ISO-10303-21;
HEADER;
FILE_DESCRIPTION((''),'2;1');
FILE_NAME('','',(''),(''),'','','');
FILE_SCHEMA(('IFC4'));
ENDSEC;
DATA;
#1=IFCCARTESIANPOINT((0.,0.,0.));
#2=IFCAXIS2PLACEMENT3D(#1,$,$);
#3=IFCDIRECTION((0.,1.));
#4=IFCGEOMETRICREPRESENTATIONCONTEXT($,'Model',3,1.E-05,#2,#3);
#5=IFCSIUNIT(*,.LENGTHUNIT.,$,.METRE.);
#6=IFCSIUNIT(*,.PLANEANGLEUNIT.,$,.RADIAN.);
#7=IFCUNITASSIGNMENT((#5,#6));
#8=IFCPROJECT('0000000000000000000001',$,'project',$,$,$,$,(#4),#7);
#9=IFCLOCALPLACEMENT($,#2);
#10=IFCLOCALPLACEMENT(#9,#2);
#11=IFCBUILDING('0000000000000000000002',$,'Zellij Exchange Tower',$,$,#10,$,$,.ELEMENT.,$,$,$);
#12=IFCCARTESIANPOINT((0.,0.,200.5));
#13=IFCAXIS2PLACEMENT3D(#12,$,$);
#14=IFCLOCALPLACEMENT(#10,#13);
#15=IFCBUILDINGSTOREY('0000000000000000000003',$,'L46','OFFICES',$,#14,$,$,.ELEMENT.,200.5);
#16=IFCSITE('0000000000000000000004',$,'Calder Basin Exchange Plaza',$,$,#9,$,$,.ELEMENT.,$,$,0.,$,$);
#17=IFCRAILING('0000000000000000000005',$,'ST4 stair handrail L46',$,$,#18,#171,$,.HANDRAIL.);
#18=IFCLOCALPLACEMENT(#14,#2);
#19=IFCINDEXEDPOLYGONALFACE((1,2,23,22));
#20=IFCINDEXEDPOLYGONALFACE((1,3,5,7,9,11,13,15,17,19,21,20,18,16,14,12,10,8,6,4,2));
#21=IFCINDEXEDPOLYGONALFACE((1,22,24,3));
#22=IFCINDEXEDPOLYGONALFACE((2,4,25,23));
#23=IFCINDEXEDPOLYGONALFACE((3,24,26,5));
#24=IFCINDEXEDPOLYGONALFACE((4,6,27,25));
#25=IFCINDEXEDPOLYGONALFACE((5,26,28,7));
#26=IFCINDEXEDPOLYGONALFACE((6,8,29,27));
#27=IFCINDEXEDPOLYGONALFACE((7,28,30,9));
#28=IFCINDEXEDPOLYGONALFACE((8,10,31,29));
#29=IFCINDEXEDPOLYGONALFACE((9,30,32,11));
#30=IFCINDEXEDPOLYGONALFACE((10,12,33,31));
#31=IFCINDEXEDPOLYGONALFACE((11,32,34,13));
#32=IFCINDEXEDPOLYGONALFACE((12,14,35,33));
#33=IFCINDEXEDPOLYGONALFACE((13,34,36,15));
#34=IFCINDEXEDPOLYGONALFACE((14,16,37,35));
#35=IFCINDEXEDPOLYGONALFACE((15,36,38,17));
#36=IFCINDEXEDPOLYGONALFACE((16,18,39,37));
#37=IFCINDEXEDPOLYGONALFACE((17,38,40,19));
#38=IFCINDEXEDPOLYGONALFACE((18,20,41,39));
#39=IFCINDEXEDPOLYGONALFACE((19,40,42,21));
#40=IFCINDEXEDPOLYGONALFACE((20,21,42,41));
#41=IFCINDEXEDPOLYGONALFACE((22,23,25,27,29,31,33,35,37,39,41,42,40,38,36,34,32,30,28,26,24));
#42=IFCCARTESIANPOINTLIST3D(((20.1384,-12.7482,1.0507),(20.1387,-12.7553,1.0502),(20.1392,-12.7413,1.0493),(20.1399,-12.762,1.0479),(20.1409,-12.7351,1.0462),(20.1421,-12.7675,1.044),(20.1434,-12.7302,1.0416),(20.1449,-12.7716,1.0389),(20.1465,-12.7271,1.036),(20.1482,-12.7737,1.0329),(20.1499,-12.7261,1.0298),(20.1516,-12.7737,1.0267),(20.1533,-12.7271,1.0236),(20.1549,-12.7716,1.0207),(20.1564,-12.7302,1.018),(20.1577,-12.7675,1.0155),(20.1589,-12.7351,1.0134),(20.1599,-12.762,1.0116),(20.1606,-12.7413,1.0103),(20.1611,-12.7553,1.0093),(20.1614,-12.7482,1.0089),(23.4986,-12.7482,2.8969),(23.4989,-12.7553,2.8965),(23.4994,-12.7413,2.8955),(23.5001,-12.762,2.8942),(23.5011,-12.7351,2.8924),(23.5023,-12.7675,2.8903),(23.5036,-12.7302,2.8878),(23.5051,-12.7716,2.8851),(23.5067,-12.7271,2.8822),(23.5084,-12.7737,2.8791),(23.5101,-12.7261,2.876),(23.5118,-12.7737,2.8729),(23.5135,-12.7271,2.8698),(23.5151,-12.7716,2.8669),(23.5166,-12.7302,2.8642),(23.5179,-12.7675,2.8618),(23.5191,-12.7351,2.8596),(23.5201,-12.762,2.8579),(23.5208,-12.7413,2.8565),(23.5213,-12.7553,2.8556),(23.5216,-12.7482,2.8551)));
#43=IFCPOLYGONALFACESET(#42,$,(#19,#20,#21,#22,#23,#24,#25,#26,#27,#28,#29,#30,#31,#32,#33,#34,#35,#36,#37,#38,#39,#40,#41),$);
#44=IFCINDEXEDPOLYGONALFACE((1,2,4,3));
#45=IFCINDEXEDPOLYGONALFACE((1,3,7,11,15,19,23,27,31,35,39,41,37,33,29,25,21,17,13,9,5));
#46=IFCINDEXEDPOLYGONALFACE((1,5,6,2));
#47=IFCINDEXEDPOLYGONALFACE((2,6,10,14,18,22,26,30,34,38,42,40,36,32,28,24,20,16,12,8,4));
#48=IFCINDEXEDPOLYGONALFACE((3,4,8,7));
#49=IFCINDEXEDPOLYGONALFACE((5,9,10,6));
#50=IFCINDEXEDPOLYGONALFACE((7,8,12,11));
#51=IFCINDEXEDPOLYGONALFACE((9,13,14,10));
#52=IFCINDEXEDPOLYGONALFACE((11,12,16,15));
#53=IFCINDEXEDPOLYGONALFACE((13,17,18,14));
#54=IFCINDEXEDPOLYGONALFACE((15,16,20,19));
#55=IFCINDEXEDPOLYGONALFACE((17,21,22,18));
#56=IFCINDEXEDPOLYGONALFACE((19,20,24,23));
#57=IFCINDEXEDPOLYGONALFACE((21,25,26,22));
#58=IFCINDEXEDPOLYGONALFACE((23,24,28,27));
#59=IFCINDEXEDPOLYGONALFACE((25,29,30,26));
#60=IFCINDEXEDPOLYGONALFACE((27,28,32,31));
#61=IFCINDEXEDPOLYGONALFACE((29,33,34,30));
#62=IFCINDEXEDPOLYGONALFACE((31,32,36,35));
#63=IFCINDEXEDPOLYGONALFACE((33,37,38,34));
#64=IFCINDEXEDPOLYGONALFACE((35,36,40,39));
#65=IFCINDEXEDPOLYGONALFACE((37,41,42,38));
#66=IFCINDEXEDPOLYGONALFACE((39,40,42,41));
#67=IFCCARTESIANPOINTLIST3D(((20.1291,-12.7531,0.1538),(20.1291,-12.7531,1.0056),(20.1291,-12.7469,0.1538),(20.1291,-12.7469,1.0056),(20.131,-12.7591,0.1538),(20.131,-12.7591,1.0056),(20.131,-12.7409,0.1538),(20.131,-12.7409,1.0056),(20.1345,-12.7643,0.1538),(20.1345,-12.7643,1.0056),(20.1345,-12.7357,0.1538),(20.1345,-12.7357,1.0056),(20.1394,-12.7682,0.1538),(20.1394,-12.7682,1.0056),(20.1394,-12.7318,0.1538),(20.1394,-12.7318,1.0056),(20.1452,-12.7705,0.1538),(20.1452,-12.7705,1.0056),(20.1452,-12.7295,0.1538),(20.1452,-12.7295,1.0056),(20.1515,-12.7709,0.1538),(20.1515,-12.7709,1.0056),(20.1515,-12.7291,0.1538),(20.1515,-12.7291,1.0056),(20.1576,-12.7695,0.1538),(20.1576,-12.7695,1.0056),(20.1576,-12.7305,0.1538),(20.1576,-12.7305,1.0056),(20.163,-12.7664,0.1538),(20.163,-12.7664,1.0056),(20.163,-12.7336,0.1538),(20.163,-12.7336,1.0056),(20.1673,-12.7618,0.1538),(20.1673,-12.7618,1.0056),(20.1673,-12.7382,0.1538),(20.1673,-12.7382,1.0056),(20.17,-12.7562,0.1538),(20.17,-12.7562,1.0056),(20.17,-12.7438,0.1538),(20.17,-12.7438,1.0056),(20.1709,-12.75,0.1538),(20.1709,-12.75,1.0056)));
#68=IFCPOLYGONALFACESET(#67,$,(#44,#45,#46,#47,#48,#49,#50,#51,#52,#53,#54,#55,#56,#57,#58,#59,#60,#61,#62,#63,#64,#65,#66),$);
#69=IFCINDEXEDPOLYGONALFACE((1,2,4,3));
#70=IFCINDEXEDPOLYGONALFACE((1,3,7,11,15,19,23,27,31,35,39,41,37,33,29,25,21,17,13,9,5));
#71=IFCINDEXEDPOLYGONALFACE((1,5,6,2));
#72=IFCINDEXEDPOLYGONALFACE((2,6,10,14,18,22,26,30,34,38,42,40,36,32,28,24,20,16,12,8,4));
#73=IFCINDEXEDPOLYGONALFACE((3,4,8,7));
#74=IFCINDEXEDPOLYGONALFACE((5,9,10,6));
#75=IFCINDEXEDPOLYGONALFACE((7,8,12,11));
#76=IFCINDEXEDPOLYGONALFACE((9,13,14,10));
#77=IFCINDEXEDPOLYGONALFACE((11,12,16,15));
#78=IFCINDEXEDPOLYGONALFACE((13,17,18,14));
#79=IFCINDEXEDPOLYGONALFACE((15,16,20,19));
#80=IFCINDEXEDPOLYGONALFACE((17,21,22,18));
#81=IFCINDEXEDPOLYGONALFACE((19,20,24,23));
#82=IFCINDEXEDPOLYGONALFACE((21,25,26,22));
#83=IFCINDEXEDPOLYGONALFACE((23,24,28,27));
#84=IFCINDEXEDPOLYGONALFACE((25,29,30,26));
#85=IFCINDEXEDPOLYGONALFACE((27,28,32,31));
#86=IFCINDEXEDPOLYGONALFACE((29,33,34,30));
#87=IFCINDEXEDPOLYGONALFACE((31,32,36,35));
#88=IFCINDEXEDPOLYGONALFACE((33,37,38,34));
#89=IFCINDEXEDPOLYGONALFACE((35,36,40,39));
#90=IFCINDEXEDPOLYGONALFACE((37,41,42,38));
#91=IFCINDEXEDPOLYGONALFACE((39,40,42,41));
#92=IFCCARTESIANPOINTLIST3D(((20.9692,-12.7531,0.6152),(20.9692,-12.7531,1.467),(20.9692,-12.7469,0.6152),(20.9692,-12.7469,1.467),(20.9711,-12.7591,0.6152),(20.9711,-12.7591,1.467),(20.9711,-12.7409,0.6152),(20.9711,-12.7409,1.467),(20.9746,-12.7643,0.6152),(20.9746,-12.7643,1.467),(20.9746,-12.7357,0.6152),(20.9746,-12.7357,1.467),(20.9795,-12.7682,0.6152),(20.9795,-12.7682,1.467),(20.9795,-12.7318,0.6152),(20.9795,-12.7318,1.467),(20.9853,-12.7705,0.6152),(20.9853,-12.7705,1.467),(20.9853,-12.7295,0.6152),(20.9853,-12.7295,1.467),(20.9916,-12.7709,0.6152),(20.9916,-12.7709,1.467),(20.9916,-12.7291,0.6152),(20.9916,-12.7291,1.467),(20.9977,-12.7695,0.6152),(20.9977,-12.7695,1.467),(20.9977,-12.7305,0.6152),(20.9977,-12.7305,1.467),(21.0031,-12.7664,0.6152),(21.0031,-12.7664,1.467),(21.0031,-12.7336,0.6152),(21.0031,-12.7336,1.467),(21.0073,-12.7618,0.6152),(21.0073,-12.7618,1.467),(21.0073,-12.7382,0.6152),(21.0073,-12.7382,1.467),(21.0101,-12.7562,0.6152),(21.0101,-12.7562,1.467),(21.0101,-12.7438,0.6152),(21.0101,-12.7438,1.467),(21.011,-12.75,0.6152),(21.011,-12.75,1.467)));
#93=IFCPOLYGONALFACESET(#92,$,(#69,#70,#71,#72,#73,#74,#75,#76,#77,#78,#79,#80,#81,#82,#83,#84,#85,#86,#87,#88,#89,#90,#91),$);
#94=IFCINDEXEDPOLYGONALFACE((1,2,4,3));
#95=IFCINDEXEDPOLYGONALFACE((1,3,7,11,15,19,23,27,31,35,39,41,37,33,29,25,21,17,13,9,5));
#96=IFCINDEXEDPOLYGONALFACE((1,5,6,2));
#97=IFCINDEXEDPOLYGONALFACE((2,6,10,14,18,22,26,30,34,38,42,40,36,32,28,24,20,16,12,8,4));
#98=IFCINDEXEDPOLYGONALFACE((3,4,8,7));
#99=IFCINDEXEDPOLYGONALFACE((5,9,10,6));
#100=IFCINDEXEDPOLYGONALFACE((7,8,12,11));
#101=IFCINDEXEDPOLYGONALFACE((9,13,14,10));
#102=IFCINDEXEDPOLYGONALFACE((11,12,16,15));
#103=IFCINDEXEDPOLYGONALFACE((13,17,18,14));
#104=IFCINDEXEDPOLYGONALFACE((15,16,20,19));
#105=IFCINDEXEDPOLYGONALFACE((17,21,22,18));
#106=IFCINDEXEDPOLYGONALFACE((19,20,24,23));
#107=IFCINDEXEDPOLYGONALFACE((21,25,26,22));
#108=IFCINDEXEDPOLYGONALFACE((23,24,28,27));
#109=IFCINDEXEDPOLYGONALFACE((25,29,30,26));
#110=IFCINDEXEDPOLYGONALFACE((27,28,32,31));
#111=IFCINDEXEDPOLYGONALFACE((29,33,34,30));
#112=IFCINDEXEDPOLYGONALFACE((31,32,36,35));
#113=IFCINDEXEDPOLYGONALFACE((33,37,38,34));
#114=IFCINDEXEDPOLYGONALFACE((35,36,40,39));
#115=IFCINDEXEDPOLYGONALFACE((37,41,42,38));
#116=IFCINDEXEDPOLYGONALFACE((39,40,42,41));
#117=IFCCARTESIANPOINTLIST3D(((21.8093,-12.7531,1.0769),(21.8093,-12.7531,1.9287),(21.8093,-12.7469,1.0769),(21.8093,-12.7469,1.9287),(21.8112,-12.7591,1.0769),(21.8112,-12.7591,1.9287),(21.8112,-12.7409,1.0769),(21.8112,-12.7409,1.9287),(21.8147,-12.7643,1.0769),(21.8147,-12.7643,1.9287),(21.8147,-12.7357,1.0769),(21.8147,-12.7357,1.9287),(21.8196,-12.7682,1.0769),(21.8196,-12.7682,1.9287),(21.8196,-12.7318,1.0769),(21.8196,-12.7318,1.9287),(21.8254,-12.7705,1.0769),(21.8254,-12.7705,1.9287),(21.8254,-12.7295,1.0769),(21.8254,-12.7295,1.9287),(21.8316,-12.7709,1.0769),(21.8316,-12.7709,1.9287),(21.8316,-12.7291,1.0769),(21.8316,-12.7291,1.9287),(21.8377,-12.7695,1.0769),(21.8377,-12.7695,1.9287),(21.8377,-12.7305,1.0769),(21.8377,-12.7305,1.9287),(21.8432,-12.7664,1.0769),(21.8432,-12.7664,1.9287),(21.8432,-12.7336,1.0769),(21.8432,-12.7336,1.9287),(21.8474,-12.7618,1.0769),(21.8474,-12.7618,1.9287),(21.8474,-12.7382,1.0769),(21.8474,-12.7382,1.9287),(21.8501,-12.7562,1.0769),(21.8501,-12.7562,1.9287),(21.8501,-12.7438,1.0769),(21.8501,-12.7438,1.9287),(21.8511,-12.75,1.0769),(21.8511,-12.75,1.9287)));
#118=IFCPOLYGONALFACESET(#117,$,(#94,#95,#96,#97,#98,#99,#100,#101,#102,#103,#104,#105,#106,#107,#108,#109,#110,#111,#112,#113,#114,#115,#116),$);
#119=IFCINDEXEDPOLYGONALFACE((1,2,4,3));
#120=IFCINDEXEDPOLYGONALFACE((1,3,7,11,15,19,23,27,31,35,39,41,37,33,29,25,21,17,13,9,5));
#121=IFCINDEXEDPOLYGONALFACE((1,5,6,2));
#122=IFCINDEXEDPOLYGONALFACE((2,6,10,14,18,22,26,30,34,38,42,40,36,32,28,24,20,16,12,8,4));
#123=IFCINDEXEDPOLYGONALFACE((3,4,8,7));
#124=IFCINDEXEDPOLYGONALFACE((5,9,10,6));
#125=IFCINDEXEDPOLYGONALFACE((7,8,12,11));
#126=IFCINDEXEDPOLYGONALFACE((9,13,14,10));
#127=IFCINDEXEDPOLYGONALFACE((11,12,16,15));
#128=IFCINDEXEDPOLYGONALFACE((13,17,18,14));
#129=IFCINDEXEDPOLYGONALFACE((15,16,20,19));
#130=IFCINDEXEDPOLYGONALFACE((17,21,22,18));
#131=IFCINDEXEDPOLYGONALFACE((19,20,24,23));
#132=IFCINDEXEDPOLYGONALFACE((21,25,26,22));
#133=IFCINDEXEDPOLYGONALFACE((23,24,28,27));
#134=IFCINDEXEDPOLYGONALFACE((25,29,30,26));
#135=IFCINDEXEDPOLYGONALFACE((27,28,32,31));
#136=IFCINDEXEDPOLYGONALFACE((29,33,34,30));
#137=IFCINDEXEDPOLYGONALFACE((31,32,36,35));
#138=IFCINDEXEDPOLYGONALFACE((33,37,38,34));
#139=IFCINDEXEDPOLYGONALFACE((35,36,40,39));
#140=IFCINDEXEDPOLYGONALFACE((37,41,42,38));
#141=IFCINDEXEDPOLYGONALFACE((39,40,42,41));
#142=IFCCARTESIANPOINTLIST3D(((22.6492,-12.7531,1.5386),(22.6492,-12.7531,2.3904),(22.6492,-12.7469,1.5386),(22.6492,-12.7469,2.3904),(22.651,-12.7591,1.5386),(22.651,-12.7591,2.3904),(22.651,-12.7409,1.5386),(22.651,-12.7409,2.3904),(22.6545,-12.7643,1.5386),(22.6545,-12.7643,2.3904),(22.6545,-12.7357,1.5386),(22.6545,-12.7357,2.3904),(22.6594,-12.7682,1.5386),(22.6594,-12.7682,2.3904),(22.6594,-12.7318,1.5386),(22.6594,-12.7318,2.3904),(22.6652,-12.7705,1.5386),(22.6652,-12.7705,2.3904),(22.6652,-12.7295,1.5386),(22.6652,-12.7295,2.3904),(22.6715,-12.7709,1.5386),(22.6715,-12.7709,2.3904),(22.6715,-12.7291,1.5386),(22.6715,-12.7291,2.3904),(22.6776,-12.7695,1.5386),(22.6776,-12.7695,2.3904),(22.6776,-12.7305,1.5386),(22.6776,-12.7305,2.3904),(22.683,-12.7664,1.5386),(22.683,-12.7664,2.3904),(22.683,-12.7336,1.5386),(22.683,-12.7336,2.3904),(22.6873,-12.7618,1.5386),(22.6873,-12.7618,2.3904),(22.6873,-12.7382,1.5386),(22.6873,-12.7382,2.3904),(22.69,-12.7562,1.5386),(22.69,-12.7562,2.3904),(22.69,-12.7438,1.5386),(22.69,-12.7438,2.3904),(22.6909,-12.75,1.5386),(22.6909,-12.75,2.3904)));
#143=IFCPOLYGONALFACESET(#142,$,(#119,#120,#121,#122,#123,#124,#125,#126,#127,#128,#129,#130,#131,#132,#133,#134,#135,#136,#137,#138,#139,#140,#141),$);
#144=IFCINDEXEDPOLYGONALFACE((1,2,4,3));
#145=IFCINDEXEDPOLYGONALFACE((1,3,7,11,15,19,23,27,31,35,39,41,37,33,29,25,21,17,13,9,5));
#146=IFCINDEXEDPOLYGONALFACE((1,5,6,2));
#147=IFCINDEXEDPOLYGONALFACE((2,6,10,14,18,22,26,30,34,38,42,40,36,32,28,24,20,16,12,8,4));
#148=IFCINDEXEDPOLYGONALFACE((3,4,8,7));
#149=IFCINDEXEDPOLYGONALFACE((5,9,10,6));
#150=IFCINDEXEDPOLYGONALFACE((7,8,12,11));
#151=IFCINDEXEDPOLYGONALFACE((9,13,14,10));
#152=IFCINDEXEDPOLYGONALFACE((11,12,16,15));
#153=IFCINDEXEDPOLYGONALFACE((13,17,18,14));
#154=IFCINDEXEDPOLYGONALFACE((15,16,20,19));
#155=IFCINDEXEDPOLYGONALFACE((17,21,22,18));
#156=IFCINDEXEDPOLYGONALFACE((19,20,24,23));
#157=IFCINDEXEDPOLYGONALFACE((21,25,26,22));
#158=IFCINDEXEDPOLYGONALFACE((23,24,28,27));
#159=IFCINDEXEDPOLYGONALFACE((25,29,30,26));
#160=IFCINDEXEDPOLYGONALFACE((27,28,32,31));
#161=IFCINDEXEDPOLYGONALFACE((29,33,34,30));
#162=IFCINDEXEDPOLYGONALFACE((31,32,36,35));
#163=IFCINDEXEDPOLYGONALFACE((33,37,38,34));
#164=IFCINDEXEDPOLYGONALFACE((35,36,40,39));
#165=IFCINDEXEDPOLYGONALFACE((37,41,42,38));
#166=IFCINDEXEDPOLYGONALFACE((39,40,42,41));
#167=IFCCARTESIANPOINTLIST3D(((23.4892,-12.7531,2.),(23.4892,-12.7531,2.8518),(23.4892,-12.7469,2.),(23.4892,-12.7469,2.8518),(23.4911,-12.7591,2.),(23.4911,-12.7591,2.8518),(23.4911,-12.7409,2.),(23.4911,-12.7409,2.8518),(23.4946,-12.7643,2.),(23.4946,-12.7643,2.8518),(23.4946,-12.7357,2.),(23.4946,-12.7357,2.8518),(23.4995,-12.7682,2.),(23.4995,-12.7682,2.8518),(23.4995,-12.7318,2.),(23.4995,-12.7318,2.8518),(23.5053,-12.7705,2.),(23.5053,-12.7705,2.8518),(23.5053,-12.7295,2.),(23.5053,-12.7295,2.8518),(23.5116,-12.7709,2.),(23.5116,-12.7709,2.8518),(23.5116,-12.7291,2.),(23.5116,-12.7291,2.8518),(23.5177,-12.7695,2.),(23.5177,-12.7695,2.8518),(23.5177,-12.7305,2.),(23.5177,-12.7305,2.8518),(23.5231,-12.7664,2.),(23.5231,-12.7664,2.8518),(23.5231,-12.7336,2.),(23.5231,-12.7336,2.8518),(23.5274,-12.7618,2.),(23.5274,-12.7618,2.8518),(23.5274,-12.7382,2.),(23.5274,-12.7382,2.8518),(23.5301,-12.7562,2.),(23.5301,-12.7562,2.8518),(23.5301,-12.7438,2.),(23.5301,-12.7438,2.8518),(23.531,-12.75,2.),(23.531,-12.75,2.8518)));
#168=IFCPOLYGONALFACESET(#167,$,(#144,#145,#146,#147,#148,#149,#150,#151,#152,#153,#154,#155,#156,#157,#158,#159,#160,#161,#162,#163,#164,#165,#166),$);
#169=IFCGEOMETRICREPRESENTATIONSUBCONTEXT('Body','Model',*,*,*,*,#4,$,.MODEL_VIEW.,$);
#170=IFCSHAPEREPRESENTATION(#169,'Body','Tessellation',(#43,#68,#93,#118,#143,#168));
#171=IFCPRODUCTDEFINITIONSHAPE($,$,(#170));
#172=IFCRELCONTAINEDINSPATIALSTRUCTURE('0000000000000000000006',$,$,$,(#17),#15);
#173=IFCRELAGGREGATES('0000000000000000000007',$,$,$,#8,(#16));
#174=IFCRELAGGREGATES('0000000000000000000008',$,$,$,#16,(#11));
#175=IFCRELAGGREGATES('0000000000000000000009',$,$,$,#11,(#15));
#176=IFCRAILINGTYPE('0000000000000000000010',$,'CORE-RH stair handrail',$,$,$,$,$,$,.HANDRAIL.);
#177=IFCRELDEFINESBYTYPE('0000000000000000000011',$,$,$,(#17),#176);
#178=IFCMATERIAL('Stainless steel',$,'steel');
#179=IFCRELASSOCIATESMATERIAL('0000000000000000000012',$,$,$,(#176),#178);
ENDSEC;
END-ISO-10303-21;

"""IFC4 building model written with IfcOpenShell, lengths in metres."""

from ifc_helpers import new_model, si_unit, direction, frame, origin, origin_2d, place, context, subcontext, project, spatial, circle, extrude, material, type_object, element, save


model = new_model("IFC4")

# Units and contexts
model_context = context("Model", 3, precision=1e-05, world=origin(), true_north=direction((0.0, 1.0)))
body_context = subcontext(model_context, "Body", "Model", "MODEL_VIEW")
ifc_project = project(units=[si_unit("LENGTHUNIT", "METRE"), si_unit("PLANEANGLEUNIT", "RADIAN")], contexts=[model_context])

# Site, building, storey
site_placement = place(None, origin())
site = spatial("IfcSite", under=ifc_project, at=site_placement, Name="Calder Basin Exchange Plaza", CompositionType="ELEMENT", RefElevation=0.0)
building_placement = place(site_placement, origin())
building = spatial("IfcBuilding", under=site, at=building_placement, Name="Zellij Exchange Tower", CompositionType="ELEMENT")
storey_placement = place(building_placement, frame((0.0, 0.0, 200.5)))
storey = spatial("IfcBuildingStorey", under=building, at=storey_placement, Name="L46", Description="OFFICES", CompositionType="ELEMENT", Elevation=200.5)

# Railing
ifc_material_1 = material(Name="Stainless steel", Category="steel")
railing_type_1 = type_object("IfcRailingType", Name="CORE-RH stair handrail", PredefinedType="HANDRAIL", material=ifc_material_1)
railing_1_placement = place(storey_placement, frame((20.1499, -12.75, 0.1538)))
element("IfcRailing", 1, at=railing_1_placement, inside=storey, type_object=railing_type_1, Name="ST4 stair handrail L46", PredefinedType="HANDRAIL", context=body_context, shape_type="SweptSolid", body=[
    extrude(circle(Radius=0.0239, at=origin_2d()), frame((0.0, 0.0, 0.876), z_axis=(0.876422, 0.0, 0.481545), x_axis=(0.0, 1.0, 0.0)), (0.0, 0.0, 1.0), 3.834),
    extrude(circle(Radius=0.021, at=origin_2d()), origin(), (0.0, 0.0, 1.0), 0.8518),
    extrude(circle(Radius=0.021, at=origin_2d()), frame((0.8401, 0.0, 0.4614)), (0.0, 0.0, 1.0), 0.8518),
    extrude(circle(Radius=0.021, at=origin_2d()), frame((1.6802, 0.0, 0.9231)), (0.0, 0.0, 1.0), 0.8518),
    extrude(circle(Radius=0.021, at=origin_2d()), frame((2.52, 0.0, 1.3848)), (0.0, 0.0, 1.0), 0.8518),
    extrude(circle(Radius=0.021, at=origin_2d()), frame((3.3601, 0.0, 1.8462)), (0.0, 0.0, 1.0), 0.8518),
])

save(model, "model.ifc")
